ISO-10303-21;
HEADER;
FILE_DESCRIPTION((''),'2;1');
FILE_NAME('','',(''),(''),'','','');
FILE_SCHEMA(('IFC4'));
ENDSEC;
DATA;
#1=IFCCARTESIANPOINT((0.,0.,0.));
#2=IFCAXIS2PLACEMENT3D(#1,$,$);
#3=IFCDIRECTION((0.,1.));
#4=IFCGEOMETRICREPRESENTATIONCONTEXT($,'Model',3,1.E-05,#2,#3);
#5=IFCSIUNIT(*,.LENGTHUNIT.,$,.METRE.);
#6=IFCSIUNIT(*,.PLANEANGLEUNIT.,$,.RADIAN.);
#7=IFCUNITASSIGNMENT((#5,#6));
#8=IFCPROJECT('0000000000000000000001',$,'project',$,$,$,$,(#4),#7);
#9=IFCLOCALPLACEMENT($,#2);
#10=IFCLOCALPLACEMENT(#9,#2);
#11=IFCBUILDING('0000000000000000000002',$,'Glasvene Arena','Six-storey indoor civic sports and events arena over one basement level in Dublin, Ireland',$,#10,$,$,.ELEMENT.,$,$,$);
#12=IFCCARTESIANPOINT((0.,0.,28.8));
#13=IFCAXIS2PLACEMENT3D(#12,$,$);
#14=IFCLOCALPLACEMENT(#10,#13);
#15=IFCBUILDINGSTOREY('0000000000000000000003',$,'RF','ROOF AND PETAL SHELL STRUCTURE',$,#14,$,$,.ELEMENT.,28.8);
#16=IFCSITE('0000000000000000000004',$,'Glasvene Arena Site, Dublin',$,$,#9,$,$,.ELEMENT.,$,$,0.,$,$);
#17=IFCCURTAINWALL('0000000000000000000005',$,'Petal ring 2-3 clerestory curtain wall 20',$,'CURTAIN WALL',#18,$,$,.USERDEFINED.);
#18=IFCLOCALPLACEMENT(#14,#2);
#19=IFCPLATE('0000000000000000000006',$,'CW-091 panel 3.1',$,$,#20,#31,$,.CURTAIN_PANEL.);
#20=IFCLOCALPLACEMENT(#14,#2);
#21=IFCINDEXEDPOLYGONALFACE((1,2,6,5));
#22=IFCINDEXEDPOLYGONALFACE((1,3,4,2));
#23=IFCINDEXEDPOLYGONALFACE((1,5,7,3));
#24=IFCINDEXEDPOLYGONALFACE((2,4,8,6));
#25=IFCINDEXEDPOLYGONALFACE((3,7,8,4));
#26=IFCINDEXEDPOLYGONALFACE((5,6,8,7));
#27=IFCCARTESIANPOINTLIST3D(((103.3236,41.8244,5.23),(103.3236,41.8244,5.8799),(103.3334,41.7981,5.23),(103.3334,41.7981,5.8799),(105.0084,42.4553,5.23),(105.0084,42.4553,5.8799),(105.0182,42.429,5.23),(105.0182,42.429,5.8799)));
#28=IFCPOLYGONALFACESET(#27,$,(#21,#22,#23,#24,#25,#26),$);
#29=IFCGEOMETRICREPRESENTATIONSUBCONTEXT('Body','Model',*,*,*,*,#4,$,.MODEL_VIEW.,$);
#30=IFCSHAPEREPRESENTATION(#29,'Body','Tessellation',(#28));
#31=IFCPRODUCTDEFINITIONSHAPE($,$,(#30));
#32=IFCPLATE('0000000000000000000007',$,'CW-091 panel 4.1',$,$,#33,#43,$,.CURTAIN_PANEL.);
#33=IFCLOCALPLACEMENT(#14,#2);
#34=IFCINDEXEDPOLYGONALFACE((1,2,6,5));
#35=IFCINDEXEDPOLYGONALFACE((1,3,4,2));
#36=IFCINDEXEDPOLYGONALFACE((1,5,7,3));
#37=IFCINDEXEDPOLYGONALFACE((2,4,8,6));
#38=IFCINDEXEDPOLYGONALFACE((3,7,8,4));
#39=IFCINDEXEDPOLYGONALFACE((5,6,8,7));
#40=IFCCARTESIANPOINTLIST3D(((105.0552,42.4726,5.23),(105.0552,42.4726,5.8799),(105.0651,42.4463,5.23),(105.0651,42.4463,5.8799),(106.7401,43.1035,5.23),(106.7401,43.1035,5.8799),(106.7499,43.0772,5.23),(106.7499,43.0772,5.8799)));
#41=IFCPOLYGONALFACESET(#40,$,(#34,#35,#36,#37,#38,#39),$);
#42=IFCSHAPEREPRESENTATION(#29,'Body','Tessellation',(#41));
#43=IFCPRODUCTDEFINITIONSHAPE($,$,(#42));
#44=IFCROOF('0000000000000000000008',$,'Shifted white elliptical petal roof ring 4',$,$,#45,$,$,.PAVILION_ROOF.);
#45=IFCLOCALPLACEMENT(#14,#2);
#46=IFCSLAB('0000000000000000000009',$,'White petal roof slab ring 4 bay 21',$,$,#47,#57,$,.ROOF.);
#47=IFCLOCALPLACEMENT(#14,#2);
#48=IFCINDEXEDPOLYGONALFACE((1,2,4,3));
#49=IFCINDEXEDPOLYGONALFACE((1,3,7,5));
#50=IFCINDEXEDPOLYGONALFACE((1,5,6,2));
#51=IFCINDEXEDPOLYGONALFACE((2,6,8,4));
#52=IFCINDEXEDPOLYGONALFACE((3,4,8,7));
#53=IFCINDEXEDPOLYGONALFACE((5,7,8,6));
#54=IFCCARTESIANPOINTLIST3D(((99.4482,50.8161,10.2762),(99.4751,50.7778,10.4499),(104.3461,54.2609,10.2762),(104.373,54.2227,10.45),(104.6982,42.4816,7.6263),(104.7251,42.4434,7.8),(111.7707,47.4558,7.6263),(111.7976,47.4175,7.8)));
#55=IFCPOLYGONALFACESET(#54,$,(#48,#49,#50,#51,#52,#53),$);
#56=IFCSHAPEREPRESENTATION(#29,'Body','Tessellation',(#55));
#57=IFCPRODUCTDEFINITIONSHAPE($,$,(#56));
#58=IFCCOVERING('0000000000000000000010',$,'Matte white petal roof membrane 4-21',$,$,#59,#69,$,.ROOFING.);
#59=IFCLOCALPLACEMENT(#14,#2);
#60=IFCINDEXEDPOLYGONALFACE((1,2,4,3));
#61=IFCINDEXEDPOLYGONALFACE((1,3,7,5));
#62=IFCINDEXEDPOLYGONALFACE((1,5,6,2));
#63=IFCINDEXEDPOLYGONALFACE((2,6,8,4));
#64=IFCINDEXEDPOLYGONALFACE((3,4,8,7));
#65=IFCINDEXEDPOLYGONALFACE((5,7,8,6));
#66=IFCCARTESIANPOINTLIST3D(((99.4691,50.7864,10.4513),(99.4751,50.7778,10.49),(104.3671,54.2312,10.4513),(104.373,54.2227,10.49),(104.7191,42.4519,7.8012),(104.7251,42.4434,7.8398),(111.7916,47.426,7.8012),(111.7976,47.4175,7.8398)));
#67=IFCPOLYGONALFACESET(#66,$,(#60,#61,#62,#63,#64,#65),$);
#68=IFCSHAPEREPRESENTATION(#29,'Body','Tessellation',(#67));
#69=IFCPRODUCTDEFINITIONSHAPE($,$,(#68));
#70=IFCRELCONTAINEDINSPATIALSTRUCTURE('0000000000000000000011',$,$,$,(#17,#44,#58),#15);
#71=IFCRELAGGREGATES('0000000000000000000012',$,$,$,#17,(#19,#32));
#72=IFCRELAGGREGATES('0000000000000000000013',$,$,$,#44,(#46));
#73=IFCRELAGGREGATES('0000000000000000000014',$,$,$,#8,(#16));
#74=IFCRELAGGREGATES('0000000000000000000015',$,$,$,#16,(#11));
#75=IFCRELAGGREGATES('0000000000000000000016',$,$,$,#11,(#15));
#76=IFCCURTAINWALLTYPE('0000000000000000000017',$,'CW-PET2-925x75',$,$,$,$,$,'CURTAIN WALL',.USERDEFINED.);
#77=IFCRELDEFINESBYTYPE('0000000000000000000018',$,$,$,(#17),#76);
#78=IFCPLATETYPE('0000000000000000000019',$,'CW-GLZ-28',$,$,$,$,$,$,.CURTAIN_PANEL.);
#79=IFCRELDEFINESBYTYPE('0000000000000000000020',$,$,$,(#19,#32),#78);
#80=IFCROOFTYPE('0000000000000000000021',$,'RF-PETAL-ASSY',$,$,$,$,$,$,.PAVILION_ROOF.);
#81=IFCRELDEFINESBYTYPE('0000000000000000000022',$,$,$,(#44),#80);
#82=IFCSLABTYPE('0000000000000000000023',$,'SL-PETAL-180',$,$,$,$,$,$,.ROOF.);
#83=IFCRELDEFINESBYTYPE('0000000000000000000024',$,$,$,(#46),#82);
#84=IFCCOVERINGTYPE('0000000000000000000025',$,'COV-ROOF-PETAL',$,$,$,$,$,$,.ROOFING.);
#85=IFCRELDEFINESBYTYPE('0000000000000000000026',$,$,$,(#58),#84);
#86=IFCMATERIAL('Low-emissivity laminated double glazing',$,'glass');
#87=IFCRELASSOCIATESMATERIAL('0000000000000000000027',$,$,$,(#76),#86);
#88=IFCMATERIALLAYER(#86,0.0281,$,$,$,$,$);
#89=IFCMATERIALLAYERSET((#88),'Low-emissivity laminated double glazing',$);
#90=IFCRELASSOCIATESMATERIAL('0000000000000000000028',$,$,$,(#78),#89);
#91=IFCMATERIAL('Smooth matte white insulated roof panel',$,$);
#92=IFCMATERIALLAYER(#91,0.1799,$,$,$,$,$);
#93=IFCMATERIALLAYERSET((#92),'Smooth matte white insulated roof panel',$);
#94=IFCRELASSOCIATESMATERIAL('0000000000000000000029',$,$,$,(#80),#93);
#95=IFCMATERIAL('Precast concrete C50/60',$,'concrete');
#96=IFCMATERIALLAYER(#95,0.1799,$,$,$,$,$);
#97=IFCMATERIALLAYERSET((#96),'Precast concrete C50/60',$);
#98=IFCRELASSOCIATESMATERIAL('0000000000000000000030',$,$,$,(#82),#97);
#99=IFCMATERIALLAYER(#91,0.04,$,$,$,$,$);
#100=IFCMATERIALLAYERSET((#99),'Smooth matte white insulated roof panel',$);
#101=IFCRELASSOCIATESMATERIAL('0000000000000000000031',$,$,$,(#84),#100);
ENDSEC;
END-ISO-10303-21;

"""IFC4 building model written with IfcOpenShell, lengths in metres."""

from ifc_helpers import new_model, si_unit, direction, frame, origin, origin_2d, place, context, subcontext, project, spatial, polyline, rectangle, outline, extrude, material, layer, layer_set, type_object, element, aggregate, save


model = new_model("IFC4")

# Units and contexts
model_context = context("Model", 3, precision=1e-05, world=origin(), true_north=direction((0.0, 1.0)))
body_context = subcontext(model_context, "Body", "Model", "MODEL_VIEW")
ifc_project = project(units=[si_unit("LENGTHUNIT", "METRE"), si_unit("PLANEANGLEUNIT", "RADIAN")], contexts=[model_context])

# Site, building, storey
site_placement = place(None, origin())
site = spatial("IfcSite", under=ifc_project, at=site_placement, Name="Glasvene Arena Site, Dublin", CompositionType="ELEMENT", RefElevation=0.0)
building_placement = place(site_placement, origin())
building = spatial("IfcBuilding", under=site, at=building_placement, Name="Glasvene Arena", Description="Six-storey indoor civic sports and events arena over one basement level in Dublin, Ireland", CompositionType="ELEMENT")
storey_placement = place(building_placement, frame((0.0, 0.0, 28.8)))
storey = spatial("IfcBuildingStorey", under=building, at=storey_placement, Name="RF", Description="ROOF AND PETAL SHELL STRUCTURE", CompositionType="ELEMENT", Elevation=28.8)

# Shared definitions
ifc_material_1 = material(Name="Low-emissivity laminated double glazing", Category="glass")

# Curtain wall
curtain_wall_type_1 = type_object("IfcCurtainWallType", Name="CW-PET2-925x75", ElementType="CURTAIN WALL", PredefinedType="USERDEFINED", material=ifc_material_1)
curtain_wall_1_placement = place(storey_placement, frame((99.8416, 40.5056, 0.0)))
curtain_wall_1 = element("IfcCurtainWall", 1, at=curtain_wall_1_placement, inside=storey, type_object=curtain_wall_type_1, Name="Petal ring 2-3 clerestory curtain wall 20", ObjectType="CURTAIN WALL", PredefinedType="USERDEFINED")

# Plates
ifc_layer_1 = layer(ifc_material_1, 0.0281)
ifc_layer_set_1 = layer_set([ifc_layer_1], Name="Low-emissivity laminated double glazing")
plate_type = type_object("IfcPlateType", Name="CW-GLZ-28", PredefinedType="CURTAIN_PANEL", material=ifc_layer_set_1)
plate_1_placement = place(storey_placement, frame((104.1709, 42.1267, 5.23), z_axis=(0.0, 0.0, 1.0), x_axis=(0.93651, 0.35064, 0.0)))
plate_1 = element("IfcPlate", 2, at=plate_1_placement, type_object=plate_type, Name="CW-091 panel 3.1", PredefinedType="CURTAIN_PANEL", context=body_context, shape_type="SweptSolid", body=[
    extrude(rectangle(XDim=1.7991, YDim=0.0281, at=origin_2d()), origin(), (0.0, 0.0, 1.0), 0.6499),
])
plate_2_placement = place(storey_placement, frame((105.9026, 42.7749, 5.23), z_axis=(0.0, 0.0, 1.0), x_axis=(0.93651, 0.35064, 0.0)))
plate_2 = element("IfcPlate", 3, at=plate_2_placement, type_object=plate_type, Name="CW-091 panel 4.1", PredefinedType="CURTAIN_PANEL", context=body_context, shape_type="SweptSolid", body=[
    extrude(rectangle(XDim=1.7991, YDim=0.0281, at=origin_2d()), origin(), (0.0, 0.0, 1.0), 0.6499),
])
aggregate(curtain_wall_1, [plate_1, plate_2])

# Roof, slab
ifc_material_2 = material(Name="Smooth matte white insulated roof panel")
ifc_layer_2 = layer(ifc_material_2, 0.1799)
ifc_layer_set_2 = layer_set([ifc_layer_2], Name="Smooth matte white insulated roof panel")
roof_type = type_object("IfcRoofType", Name="RF-PETAL-ASSY", PredefinedType="PAVILION_ROOF", material=ifc_layer_set_2)
roof_placement = place(storey_placement, frame((87.6499, 69.55, 7.8)))
roof = element("IfcRoof", 4, at=roof_placement, inside=storey, type_object=roof_type, Name="Shifted white elliptical petal roof ring 4", PredefinedType="PAVILION_ROOF")
ifc_material_3 = material(Name="Precast concrete C50/60", Category="concrete")
ifc_layer_3 = layer(ifc_material_3, 0.1799)
ifc_layer_set_3 = layer_set([ifc_layer_3], Name="Precast concrete C50/60")
slab_type = type_object("IfcSlabType", Name="SL-PETAL-180", PredefinedType="ROOF", material=ifc_layer_set_3)
slab_placement = place(storey_placement, frame((104.7251, 42.4434, 7.8), z_axis=(0.149628, -0.212748, 0.965583), x_axis=(0.81796, 0.575275, -0.000001)))
slab = element("IfcSlab", 5, at=slab_placement, type_object=slab_type, Name="White petal roof slab ring 4 bay 21", PredefinedType="ROOF", context=body_context, shape_type="SweptSolid", body=[
    extrude(outline(polyline([(0.0, 0.0), (8.6465, 0.0), (6.4884, 10.1882), (0.5003, 10.1881), (0.0, 0.0)])), origin(), (0.0, 0.0, -1.0), 0.1799),
])
aggregate(roof, [slab])

# Covering
ifc_layer_4 = layer(ifc_material_2, 0.04)
ifc_layer_set_4 = layer_set([ifc_layer_4], Name="Smooth matte white insulated roof panel")
covering_type = type_object("IfcCoveringType", Name="COV-ROOF-PETAL", PredefinedType="ROOFING", material=ifc_layer_set_4)
covering_placement = place(storey_placement, frame((104.7251, 42.4434, 7.8398), z_axis=(0.149641, -0.212766, 0.965577), x_axis=(0.81796, 0.575275, -0.000001)))
element("IfcCovering", 6, at=covering_placement, inside=storey, type_object=covering_type, Name="Matte white petal roof membrane 4-21", PredefinedType="ROOFING", context=body_context, shape_type="SweptSolid", body=[
    extrude(outline(polyline([(0.0, 0.0), (8.6465, 0.0), (6.4884, 10.1882), (0.5003, 10.1882), (0.0, 0.0)])), origin(), (0.0, 0.0, -1.0), 0.04),
])

save(model, "model.ifc")
